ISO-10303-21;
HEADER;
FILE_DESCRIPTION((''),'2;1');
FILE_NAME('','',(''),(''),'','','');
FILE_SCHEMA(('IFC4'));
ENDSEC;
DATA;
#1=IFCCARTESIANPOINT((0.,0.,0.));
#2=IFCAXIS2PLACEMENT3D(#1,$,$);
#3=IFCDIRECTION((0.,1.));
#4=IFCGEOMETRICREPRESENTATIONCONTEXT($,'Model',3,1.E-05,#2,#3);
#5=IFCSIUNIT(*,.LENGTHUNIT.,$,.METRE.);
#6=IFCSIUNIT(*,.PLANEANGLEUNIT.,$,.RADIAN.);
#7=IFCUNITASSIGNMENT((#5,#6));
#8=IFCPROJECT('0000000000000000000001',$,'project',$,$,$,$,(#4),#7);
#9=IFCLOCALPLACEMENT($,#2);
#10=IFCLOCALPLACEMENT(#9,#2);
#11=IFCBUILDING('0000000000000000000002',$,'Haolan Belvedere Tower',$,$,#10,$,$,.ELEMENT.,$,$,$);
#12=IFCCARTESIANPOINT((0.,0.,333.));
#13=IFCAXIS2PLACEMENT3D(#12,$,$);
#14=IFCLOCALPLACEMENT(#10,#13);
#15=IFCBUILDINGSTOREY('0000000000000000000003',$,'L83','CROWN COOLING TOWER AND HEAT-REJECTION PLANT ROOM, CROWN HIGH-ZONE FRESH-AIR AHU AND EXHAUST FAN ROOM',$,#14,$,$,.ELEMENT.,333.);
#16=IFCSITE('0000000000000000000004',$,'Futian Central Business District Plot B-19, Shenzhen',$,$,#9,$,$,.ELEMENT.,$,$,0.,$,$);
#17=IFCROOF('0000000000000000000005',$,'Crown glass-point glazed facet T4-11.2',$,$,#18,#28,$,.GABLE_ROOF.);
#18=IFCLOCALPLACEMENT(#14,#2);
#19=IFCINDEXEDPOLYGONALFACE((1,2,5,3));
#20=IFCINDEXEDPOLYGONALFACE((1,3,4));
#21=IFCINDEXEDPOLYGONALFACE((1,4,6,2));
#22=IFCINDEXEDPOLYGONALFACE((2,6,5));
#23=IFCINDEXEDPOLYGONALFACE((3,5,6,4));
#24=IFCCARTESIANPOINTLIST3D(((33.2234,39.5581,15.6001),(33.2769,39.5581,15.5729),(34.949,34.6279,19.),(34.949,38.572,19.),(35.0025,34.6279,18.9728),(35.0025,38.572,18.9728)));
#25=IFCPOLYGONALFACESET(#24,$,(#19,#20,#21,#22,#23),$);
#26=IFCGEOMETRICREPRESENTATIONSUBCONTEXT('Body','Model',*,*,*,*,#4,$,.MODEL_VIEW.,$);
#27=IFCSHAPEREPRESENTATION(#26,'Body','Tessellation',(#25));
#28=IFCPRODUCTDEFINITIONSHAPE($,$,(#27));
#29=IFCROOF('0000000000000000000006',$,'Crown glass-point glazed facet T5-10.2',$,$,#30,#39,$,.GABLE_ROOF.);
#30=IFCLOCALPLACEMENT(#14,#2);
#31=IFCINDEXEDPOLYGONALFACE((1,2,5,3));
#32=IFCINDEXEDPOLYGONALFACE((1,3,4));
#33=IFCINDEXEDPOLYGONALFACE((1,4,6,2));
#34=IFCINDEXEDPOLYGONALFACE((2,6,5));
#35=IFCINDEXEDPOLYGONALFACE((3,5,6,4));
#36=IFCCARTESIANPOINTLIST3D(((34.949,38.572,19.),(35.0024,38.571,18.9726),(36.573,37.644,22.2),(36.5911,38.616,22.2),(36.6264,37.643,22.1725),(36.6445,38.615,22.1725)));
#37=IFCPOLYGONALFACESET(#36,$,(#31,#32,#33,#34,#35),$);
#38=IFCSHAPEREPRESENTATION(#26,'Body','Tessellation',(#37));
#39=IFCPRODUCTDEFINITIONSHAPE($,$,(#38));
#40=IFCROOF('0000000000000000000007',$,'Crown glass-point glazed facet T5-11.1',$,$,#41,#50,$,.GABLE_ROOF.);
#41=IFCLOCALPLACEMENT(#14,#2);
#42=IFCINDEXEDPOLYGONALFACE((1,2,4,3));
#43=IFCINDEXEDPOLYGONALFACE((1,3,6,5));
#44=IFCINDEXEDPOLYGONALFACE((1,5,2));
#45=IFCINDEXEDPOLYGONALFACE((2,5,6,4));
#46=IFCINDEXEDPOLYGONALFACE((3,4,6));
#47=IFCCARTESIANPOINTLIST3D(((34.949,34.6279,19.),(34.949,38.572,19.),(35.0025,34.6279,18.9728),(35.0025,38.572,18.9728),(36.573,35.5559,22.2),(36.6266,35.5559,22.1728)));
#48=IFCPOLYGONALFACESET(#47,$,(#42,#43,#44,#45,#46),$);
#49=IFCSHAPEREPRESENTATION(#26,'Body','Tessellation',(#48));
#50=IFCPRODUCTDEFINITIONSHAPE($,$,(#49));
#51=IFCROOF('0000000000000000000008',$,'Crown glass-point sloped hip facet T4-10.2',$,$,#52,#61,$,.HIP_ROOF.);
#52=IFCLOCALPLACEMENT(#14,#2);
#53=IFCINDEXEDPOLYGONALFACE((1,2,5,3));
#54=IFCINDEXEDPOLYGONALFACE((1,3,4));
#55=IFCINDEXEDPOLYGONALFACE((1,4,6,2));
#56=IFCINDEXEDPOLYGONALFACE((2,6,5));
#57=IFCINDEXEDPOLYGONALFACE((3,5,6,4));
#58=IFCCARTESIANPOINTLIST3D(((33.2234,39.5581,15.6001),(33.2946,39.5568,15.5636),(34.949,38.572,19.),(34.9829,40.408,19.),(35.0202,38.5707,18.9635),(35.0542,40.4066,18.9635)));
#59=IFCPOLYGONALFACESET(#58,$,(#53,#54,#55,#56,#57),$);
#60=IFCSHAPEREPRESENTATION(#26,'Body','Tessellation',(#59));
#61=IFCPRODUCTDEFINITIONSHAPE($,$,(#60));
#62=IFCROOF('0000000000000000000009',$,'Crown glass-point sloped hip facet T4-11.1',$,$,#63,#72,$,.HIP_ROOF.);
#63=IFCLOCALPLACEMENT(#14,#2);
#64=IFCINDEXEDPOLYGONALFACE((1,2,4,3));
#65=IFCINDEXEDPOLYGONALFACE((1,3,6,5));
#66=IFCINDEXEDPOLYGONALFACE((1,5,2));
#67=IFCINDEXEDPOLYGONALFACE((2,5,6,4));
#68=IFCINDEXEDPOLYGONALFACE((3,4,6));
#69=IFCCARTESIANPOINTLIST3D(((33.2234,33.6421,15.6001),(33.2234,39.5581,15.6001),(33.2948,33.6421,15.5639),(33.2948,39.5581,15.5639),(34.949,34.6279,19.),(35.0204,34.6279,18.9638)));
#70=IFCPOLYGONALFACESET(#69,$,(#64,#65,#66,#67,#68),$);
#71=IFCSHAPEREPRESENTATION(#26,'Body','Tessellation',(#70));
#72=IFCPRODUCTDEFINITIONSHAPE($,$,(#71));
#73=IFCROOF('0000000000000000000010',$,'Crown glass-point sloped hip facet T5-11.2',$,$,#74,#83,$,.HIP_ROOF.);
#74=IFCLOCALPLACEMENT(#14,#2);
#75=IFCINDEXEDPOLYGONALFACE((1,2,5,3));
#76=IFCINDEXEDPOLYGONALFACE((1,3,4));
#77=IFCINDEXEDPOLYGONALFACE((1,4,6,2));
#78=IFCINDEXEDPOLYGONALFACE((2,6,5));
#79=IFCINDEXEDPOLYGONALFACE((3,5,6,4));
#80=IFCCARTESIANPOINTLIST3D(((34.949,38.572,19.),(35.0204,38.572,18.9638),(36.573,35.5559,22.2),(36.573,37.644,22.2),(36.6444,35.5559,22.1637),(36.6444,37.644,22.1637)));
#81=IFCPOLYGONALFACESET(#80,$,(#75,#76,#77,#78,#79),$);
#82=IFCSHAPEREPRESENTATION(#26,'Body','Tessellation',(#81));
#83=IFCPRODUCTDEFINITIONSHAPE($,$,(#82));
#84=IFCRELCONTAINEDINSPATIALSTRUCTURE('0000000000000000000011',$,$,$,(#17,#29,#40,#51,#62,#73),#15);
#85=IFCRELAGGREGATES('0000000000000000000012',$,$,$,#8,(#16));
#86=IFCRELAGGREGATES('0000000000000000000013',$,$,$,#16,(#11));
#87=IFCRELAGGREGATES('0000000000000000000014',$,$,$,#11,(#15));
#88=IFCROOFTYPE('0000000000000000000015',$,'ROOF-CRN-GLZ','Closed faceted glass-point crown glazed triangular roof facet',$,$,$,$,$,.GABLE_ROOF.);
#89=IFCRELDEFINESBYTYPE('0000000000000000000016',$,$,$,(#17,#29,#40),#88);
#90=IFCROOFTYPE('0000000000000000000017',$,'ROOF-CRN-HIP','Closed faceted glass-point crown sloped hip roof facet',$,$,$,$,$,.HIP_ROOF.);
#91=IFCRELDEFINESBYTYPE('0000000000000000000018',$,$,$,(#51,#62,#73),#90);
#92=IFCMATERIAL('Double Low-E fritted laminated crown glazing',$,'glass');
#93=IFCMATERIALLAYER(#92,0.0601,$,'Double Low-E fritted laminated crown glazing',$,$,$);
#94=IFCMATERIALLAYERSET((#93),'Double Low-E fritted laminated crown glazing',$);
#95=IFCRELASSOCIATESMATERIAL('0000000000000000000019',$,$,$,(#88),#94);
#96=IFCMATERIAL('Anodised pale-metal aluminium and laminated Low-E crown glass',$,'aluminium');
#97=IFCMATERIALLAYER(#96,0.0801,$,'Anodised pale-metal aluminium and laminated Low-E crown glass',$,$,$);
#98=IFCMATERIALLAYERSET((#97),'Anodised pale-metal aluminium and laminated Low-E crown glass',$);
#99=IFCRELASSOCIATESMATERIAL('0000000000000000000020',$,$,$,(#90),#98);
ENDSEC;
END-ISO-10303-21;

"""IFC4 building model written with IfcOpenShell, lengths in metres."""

from ifc_helpers import new_model, si_unit, direction, frame, origin, place, context, subcontext, project, spatial, polyline, outline, extrude, material, layer, layer_set, type_object, element, save


model = new_model("IFC4")

# Units and contexts
model_context = context("Model", 3, precision=1e-05, world=origin(), true_north=direction((0.0, 1.0)))
body_context = subcontext(model_context, "Body", "Model", "MODEL_VIEW")
ifc_project = project(units=[si_unit("LENGTHUNIT", "METRE"), si_unit("PLANEANGLEUNIT", "RADIAN")], contexts=[model_context])

# Site, building, storey
site_placement = place(None, origin())
site = spatial("IfcSite", under=ifc_project, at=site_placement, Name="Futian Central Business District Plot B-19, Shenzhen", CompositionType="ELEMENT", RefElevation=0.0)
building_placement = place(site_placement, origin())
building = spatial("IfcBuilding", under=site, at=building_placement, Name="Haolan Belvedere Tower", CompositionType="ELEMENT")
storey_placement = place(building_placement, frame((0.0, 0.0, 333.0)))
storey = spatial("IfcBuildingStorey", under=building, at=storey_placement, Name="L83", Description="CROWN COOLING TOWER AND HEAT-REJECTION PLANT ROOM, CROWN HIGH-ZONE FRESH-AIR AHU AND EXHAUST FAN ROOM", CompositionType="ELEMENT", Elevation=333.0)

# Roofs
ifc_material_1 = material(Name="Double Low-E fritted laminated crown glazing", Category="glass")
ifc_layer_1 = layer(ifc_material_1, 0.0601, Name="Double Low-E fritted laminated crown glazing")
ifc_layer_set_1 = layer_set([ifc_layer_1], Name="Double Low-E fritted laminated crown glazing")
roof_type_1 = type_object("IfcRoofType", Name="ROOF-CRN-GLZ", Description="Closed faceted glass-point crown glazed triangular roof facet", PredefinedType="GABLE_ROOF", material=ifc_layer_set_1)
roof_1_placement = place(storey_placement, frame((33.2234, 39.5581, 15.6001), z_axis=(-0.891722, 0.0, 0.452584), x_axis=(0.276871, -0.791048, 0.545515)))
element("IfcRoof", 1, at=roof_1_placement, inside=storey, type_object=roof_type_1, Name="Crown glass-point glazed facet T4-11.2", PredefinedType="GABLE_ROOF", context=body_context, shape_type="SweptSolid", body=[
    extrude(outline(polyline([(0.0, 0.0), (6.2325, 0.0), (3.1125, 2.4128), (0.0, 0.0)])), origin(), (0.0, 0.0, -1.0), 0.0601),
])
roof_2_placement = place(storey_placement, frame((34.949, 38.572, 19.0), z_axis=(-0.889665, 0.016537, 0.456314), x_axis=(0.438153, -0.250364, 0.863331)))
element("IfcRoof", 2, at=roof_2_placement, inside=storey, type_object=roof_type_1, Name="Crown glass-point glazed facet T5-10.2", PredefinedType="GABLE_ROOF", context=body_context, shape_type="SweptSolid", body=[
    extrude(outline(polyline([(0.0, 0.0), (3.7065, 0.0), (3.4711, 0.9432), (0.0, 0.0)])), origin(), (0.0, 0.0, -1.0), 0.0601),
])
roof_3_placement = place(storey_placement, frame((34.949, 38.572, 19.0), z_axis=(-0.891731, 0.0, 0.452567), x_axis=(0.0, -1.0, 0.0)))
element("IfcRoof", 3, at=roof_3_placement, inside=storey, type_object=roof_type_1, Name="Crown glass-point glazed facet T5-11.1", PredefinedType="GABLE_ROOF", context=body_context, shape_type="SweptSolid", body=[
    extrude(outline(polyline([(0.0, 0.0), (3.9441, 0.0), (3.0161, 3.5885), (0.0, 0.0)])), origin(), (0.0, 0.0, -1.0), 0.0601),
])
ifc_material_2 = material(Name="Anodised pale-metal aluminium and laminated Low-E crown glass", Category="aluminium")
ifc_layer_2 = layer(ifc_material_2, 0.0801, Name="Anodised pale-metal aluminium and laminated Low-E crown glass")
ifc_layer_set_2 = layer_set([ifc_layer_2], Name="Anodised pale-metal aluminium and laminated Low-E crown glass")
roof_type_2 = type_object("IfcRoofType", Name="ROOF-CRN-HIP", Description="Closed faceted glass-point crown sloped hip roof facet", PredefinedType="HIP_ROOF", material=ifc_layer_set_2)
roof_4_placement = place(storey_placement, frame((33.2234, 39.5581, 15.6001), z_axis=(-0.889668, 0.016445, 0.456312), x_axis=(0.438167, -0.25039, 0.863316)))
element("IfcRoof", 4, at=roof_4_placement, inside=storey, type_object=roof_type_2, Name="Crown glass-point sloped hip facet T4-10.2", PredefinedType="HIP_ROOF", context=body_context, shape_type="SweptSolid", body=[
    extrude(outline(polyline([(0.0, 0.0), (3.9382, 0.0), (3.4934, 1.7816), (0.0, 0.0)])), origin(), (0.0, 0.0, -1.0), 0.0801),
])
roof_5_placement = place(storey_placement, frame((33.2234, 39.5581, 15.6001), z_axis=(-0.891722, 0.0, 0.452584), x_axis=(0.0, -1.0, 0.0)))
element("IfcRoof", 5, at=roof_5_placement, inside=storey, type_object=roof_type_2, Name="Crown glass-point sloped hip facet T4-11.1", PredefinedType="HIP_ROOF", context=body_context, shape_type="SweptSolid", body=[
    extrude(outline(polyline([(0.0, 0.0), (5.916, 0.0), (4.9302, 3.8127), (0.0, 0.0)])), origin(), (0.0, 0.0, -1.0), 0.0801),
])
roof_6_placement = place(storey_placement, frame((34.949, 38.572, 19.0), z_axis=(-0.891731, 0.0, 0.452567), x_axis=(0.346447, -0.643417, 0.682634)))
element("IfcRoof", 6, at=roof_6_placement, inside=storey, type_object=roof_type_2, Name="Crown glass-point sloped hip facet T5-11.2", PredefinedType="HIP_ROOF", context=body_context, shape_type="SweptSolid", body=[
    extrude(outline(polyline([(0.0, 0.0), (4.6877, 0.0), (3.3441, 1.5985), (0.0, 0.0)])), origin(), (0.0, 0.0, -1.0), 0.0801),
])

save(model, "model.ifc")
